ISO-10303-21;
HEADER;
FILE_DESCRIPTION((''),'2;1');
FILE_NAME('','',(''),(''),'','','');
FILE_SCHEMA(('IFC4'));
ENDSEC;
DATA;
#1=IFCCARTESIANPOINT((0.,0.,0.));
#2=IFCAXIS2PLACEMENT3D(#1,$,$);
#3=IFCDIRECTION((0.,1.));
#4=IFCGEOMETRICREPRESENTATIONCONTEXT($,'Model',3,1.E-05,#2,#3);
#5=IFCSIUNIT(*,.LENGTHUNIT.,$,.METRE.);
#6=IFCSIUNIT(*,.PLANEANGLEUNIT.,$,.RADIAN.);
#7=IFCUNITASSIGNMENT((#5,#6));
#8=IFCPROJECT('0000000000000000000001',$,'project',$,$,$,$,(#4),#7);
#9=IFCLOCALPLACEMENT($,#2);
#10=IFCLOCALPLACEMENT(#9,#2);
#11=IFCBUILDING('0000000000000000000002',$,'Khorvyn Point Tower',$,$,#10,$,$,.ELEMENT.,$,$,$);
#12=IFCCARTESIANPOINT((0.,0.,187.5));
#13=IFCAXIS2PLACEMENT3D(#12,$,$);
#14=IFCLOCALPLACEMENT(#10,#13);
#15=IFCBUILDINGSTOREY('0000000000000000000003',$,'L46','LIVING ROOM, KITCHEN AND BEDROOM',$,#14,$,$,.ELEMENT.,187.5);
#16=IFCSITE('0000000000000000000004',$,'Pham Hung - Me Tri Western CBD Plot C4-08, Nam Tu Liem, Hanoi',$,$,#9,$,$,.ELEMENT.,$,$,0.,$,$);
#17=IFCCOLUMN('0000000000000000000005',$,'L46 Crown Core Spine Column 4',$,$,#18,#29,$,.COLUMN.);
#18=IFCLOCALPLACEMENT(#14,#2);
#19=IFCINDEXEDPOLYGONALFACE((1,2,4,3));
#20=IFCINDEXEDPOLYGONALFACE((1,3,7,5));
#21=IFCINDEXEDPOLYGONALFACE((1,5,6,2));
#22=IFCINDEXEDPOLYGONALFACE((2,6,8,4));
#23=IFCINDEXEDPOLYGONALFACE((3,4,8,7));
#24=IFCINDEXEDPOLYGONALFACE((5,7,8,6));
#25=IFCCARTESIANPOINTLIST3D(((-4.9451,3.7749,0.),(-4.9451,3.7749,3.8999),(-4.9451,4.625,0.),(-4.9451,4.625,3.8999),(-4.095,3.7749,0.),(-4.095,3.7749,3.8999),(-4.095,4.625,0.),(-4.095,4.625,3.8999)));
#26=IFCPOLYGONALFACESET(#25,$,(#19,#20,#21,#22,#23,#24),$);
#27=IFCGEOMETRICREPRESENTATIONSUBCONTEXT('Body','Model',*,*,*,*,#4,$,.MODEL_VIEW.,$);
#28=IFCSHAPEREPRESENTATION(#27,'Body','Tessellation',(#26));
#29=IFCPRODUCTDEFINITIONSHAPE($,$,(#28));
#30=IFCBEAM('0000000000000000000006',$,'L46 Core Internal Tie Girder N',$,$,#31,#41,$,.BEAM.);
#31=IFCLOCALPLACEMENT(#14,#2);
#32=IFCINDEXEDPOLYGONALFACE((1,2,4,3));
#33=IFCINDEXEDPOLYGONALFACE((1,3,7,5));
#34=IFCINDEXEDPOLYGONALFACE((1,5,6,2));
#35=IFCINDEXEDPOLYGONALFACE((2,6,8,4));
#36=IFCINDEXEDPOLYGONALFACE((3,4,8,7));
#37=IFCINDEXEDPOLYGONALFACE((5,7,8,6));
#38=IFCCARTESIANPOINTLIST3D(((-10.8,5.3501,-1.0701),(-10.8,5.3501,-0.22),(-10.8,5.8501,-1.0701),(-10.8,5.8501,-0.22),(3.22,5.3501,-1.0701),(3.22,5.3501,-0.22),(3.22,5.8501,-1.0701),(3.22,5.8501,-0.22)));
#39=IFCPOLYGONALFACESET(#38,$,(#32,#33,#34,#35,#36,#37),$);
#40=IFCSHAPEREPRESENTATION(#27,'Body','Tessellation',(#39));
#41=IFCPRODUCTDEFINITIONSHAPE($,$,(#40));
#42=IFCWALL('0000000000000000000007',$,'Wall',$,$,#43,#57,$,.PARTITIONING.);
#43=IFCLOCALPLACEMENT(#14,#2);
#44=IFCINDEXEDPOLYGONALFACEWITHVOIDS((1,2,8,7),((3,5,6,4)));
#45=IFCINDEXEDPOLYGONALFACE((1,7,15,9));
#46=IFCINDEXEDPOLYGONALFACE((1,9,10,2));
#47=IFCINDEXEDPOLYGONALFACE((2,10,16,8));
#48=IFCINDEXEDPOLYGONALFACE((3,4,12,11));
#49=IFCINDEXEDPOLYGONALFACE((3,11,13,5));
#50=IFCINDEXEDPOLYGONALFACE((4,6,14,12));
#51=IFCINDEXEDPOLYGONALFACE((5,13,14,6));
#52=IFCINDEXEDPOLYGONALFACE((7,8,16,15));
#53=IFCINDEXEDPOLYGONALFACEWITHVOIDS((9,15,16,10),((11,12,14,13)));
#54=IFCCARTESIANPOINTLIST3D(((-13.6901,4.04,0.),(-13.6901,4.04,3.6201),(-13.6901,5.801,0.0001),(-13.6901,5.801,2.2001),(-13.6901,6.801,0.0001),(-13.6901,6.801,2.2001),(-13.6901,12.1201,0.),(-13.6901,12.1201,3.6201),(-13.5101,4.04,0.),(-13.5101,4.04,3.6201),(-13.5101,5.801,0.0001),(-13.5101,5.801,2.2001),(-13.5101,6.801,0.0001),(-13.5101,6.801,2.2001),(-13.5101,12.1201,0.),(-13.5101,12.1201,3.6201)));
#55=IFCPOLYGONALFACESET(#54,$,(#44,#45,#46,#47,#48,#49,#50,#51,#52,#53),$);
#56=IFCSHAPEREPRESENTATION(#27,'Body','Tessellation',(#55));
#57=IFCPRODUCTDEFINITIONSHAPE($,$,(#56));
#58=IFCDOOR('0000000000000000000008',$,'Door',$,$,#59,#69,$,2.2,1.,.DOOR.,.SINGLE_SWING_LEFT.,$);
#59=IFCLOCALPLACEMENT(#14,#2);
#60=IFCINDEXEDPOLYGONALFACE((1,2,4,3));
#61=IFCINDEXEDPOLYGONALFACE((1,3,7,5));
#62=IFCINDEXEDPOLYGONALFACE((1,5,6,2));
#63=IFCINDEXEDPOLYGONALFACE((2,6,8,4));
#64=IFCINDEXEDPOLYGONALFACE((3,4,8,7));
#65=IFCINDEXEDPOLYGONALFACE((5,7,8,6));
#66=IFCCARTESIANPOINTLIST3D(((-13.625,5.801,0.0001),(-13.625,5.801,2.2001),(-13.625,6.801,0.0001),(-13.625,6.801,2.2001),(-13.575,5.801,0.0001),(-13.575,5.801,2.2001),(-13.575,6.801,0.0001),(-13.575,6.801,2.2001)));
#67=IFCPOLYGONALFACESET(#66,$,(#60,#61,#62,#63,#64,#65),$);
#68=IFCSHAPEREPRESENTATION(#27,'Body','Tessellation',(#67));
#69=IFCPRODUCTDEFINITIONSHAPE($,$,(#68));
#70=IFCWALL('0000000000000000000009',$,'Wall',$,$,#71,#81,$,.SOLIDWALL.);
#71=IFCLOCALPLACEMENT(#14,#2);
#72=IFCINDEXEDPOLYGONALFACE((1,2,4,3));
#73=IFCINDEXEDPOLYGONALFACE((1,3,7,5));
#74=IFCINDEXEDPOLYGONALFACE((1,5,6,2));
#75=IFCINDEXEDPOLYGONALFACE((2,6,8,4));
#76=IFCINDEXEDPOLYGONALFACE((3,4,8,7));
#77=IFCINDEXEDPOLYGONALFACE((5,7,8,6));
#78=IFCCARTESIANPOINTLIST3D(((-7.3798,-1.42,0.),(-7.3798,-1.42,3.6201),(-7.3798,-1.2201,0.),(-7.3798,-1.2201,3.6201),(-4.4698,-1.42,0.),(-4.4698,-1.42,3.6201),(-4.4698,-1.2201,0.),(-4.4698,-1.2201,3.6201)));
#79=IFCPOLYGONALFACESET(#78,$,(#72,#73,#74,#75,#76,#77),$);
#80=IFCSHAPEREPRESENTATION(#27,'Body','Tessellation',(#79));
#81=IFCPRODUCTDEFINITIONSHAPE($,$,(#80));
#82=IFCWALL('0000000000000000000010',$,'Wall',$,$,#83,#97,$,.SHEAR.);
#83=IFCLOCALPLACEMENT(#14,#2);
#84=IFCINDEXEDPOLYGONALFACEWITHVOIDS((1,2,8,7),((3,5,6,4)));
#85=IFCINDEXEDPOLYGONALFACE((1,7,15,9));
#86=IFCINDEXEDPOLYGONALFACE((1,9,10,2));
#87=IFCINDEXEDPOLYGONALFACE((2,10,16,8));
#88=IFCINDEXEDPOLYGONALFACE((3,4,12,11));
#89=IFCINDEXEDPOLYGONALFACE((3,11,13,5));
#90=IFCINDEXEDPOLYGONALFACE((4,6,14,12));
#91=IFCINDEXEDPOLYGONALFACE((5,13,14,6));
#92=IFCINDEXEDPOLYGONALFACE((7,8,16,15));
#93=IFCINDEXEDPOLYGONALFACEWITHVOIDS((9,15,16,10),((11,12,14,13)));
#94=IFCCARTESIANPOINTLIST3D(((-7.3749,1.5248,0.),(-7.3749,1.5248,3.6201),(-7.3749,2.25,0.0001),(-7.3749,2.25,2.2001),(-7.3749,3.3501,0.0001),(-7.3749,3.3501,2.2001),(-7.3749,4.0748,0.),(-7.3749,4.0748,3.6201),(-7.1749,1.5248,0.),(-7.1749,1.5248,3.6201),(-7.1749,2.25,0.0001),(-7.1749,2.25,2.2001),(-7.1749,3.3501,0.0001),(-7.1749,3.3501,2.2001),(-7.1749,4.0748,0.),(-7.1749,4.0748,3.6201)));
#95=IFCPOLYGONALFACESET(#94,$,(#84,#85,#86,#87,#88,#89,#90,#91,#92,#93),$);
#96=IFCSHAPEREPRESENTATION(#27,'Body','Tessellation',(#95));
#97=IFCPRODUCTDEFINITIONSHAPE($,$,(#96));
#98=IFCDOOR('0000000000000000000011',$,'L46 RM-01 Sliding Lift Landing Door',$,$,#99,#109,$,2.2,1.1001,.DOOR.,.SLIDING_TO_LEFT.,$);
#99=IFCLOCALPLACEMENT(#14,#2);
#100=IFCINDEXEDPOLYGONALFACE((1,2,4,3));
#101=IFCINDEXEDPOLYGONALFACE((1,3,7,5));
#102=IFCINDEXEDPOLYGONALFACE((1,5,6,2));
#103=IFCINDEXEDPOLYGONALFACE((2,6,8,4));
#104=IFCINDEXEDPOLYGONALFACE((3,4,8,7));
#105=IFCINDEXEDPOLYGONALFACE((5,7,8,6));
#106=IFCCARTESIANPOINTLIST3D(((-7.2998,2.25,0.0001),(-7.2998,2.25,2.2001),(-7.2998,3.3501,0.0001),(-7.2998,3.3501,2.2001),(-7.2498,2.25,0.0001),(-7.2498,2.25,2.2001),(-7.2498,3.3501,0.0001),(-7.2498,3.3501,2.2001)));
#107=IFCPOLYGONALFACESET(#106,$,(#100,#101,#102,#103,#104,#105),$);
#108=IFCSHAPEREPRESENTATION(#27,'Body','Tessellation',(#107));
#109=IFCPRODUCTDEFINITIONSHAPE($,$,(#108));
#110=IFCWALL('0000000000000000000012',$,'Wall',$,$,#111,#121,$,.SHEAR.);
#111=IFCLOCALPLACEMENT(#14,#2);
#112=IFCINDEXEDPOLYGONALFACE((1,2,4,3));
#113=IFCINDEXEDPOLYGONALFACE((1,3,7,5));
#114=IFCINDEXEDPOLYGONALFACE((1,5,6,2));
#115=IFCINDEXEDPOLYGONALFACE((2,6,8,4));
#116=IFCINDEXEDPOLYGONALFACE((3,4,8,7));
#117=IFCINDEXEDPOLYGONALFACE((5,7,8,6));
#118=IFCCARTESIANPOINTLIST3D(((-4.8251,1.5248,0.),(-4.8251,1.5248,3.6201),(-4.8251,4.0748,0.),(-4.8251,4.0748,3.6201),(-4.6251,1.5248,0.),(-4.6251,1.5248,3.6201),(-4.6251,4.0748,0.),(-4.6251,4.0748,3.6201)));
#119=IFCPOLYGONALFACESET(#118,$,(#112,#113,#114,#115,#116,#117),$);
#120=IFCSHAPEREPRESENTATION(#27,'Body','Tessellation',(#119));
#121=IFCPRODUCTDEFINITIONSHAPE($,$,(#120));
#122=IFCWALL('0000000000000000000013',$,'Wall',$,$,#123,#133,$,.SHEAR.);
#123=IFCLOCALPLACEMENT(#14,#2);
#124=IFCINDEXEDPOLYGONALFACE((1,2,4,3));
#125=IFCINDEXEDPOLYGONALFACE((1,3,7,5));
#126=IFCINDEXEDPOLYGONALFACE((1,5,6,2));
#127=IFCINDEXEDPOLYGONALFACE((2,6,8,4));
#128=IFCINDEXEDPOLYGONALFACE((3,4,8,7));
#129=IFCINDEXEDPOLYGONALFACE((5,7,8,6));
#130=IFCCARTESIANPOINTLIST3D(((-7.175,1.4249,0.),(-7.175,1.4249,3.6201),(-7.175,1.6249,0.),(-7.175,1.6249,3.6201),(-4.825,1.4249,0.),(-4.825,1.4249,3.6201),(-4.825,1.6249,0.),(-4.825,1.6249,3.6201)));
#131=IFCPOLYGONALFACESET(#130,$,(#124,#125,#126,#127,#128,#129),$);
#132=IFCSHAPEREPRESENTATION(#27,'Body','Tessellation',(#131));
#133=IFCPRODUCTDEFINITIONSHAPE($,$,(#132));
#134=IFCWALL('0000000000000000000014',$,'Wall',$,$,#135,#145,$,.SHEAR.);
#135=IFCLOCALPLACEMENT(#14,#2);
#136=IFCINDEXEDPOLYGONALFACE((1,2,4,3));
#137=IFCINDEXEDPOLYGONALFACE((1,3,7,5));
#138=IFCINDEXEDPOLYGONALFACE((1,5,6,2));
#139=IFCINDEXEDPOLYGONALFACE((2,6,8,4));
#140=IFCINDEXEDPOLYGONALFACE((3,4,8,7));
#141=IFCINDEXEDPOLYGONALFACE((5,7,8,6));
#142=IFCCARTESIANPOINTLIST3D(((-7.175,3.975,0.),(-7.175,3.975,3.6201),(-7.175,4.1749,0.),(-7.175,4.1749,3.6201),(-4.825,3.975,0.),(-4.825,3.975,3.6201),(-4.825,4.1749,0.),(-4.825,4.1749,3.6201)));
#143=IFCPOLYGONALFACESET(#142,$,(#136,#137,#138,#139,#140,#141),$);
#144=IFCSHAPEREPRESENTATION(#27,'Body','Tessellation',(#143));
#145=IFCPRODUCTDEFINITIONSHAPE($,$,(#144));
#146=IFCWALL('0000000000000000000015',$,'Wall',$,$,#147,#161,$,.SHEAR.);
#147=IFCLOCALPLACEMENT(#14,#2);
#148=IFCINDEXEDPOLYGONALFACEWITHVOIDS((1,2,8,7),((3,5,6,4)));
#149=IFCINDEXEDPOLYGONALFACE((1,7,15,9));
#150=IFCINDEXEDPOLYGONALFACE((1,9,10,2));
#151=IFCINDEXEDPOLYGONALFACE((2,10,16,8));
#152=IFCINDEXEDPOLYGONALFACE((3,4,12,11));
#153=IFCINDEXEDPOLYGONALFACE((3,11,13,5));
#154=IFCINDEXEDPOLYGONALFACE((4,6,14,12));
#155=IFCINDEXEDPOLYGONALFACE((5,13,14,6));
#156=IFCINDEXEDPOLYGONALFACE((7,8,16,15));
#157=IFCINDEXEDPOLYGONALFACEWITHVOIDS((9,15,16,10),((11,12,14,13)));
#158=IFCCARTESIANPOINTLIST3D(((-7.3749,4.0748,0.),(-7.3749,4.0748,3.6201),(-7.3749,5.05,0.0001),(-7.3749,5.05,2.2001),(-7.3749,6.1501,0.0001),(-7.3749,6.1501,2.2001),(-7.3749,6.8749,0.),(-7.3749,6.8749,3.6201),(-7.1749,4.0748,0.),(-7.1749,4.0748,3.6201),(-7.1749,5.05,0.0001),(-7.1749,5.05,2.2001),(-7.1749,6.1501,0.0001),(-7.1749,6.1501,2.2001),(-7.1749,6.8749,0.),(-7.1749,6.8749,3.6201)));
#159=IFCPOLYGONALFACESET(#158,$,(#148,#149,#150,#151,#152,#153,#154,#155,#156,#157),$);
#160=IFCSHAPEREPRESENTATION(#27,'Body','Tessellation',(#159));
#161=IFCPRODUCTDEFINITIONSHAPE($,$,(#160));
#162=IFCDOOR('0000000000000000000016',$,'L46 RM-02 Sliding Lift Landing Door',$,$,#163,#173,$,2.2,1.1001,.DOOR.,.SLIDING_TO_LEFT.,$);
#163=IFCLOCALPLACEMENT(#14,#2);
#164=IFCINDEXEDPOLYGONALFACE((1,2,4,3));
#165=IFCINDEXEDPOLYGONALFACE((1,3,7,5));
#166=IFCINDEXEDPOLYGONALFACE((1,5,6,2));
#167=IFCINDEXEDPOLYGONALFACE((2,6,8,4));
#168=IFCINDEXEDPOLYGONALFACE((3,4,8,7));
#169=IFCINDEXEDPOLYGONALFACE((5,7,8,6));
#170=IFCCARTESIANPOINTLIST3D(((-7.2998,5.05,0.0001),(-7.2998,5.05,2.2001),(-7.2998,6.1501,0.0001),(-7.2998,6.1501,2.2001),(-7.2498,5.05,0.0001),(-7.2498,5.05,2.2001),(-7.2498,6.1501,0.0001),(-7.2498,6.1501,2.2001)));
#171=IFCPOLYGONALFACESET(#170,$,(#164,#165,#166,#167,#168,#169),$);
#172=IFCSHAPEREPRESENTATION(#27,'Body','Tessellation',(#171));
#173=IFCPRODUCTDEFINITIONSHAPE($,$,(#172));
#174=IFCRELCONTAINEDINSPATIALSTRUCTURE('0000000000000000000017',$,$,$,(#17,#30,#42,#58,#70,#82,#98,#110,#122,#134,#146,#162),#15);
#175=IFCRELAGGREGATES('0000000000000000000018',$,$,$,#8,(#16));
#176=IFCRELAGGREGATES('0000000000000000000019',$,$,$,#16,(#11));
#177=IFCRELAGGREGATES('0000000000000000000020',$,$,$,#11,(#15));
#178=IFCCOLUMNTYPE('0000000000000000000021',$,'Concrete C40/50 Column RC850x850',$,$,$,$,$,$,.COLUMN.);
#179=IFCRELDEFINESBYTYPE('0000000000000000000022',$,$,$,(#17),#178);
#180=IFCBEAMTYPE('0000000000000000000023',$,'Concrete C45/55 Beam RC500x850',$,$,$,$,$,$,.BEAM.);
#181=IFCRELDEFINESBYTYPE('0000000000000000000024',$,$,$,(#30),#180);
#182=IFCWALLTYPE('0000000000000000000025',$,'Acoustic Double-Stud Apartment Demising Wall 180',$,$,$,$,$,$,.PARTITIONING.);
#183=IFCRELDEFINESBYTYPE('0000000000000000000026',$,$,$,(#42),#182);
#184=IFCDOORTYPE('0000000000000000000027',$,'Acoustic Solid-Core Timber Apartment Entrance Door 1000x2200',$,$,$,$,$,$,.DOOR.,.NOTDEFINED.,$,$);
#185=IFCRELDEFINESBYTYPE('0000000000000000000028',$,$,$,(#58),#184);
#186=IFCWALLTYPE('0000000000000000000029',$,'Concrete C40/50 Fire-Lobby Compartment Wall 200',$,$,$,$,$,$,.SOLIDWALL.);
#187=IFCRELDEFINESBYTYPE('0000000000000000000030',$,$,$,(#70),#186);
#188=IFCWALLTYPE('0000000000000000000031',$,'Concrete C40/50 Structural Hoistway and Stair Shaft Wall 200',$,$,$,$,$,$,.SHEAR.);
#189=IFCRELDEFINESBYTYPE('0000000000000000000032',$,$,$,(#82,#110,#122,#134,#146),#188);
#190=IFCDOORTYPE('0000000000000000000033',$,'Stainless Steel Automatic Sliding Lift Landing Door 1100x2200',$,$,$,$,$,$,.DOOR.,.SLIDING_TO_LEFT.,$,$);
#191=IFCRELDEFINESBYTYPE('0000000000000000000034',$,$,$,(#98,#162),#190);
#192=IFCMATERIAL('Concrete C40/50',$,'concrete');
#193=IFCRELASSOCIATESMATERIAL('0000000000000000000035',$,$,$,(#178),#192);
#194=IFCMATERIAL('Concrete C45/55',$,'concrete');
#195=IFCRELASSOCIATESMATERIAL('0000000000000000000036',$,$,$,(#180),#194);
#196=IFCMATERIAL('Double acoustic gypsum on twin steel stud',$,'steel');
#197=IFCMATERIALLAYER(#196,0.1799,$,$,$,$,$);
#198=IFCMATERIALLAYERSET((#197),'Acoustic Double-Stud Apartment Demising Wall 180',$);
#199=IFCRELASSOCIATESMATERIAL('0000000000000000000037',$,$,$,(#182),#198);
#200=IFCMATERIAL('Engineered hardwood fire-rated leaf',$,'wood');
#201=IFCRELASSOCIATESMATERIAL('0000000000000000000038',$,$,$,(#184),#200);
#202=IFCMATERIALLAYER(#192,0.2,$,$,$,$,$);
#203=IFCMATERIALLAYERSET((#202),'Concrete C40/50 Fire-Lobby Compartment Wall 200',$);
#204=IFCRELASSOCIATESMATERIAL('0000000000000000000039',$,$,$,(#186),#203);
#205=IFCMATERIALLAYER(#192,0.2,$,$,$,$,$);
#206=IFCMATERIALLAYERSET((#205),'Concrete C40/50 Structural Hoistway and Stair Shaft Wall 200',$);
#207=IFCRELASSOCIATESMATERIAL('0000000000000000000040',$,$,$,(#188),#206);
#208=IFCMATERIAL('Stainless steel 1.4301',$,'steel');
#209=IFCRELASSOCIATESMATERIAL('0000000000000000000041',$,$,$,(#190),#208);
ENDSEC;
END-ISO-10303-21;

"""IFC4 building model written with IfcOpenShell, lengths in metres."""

from ifc_helpers import new_model, si_unit, direction, frame, frame_2d, origin, origin_2d, place, context, subcontext, project, spatial, rectangle, extrude, material, layer, layer_set, material_profile, profile_set, type_object, element, fill, save


model = new_model("IFC4")

# Units and contexts
model_context = context("Model", 3, precision=1e-05, world=origin(), true_north=direction((0.0, 1.0)))
body_context = subcontext(model_context, "Body", "Model", "MODEL_VIEW")
ifc_project = project(units=[si_unit("LENGTHUNIT", "METRE"), si_unit("PLANEANGLEUNIT", "RADIAN")], contexts=[model_context])

# Site, building, storey
site_placement = place(None, origin())
site = spatial("IfcSite", under=ifc_project, at=site_placement, Name="Pham Hung - Me Tri Western CBD Plot C4-08, Nam Tu Liem, Hanoi", CompositionType="ELEMENT", RefElevation=0.0)
building_placement = place(site_placement, origin())
building = spatial("IfcBuilding", under=site, at=building_placement, Name="Khorvyn Point Tower", CompositionType="ELEMENT")
storey_placement = place(building_placement, frame((0.0, 0.0, 187.5)))
storey = spatial("IfcBuildingStorey", under=building, at=storey_placement, Name="L46", Description="LIVING ROOM, KITCHEN AND BEDROOM", CompositionType="ELEMENT", Elevation=187.5)

# Column
ifc_material_1 = material(Name="Concrete C40/50", Category="concrete")
ifc_material_profile_1 = material_profile(ifc_material_1, rectangle(XDim=0.8501, YDim=0.8501, at=origin_2d()))
ifc_profile_set_1 = profile_set([ifc_material_profile_1], Name="Concrete C40/50 RC850x850")
column_type = type_object("IfcColumnType", Name="Concrete C40/50 Column RC850x850", PredefinedType="COLUMN", material=ifc_profile_set_1)
column_placement = place(storey_placement, frame((-4.52, 4.2, 0.0), z_axis=(0.0, 0.0, 1.0), x_axis=(1.0, 0.0, 0.0)))
element("IfcColumn", 1, at=column_placement, inside=storey, type_object=column_type, Name="L46 Crown Core Spine Column 4", PredefinedType="COLUMN", context=body_context, shape_type="SweptSolid", body=[
    extrude(rectangle(XDim=0.8501, YDim=0.8501, at=origin_2d()), origin(), (0.0, 0.0, 1.0), 3.8999),
])

# Beam
ifc_material_2 = material(Name="Concrete C45/55", Category="concrete")
ifc_material_profile_2 = material_profile(ifc_material_2, rectangle(XDim=0.5, YDim=0.8501, at=origin_2d()))
ifc_profile_set_2 = profile_set([ifc_material_profile_2], Name="Concrete C45/55 RC500x850")
beam_type = type_object("IfcBeamType", Name="Concrete C45/55 Beam RC500x850", PredefinedType="BEAM", material=ifc_profile_set_2)
beam_placement = place(storey_placement, frame((-10.8, 5.6001, -0.645), z_axis=(1.0, 0.0, 0.0), x_axis=(0.0, 1.0, 0.0)))
element("IfcBeam", 2, at=beam_placement, inside=storey, type_object=beam_type, Name="L46 Core Internal Tie Girder N", PredefinedType="BEAM", context=body_context, shape_type="SweptSolid", body=[
    extrude(rectangle(XDim=0.5, YDim=0.8501, at=origin_2d()), origin(), (0.0, 0.0, 1.0), 14.02),
])

# Wall, opening, door
ifc_material_3 = material(Name="Double acoustic gypsum on twin steel stud", Category="steel")
ifc_layer_1 = layer(ifc_material_3, 0.1799)
ifc_layer_set_1 = layer_set([ifc_layer_1], Name="Acoustic Double-Stud Apartment Demising Wall 180")
wall_type_1 = type_object("IfcWallType", Name="Acoustic Double-Stud Apartment Demising Wall 180", PredefinedType="PARTITIONING", material=ifc_layer_set_1)
wall_1_placement = place(storey_placement, frame((-13.6001, 4.04, 0.0), z_axis=(0.0, 0.0, 1.0), x_axis=(0.0, 1.0, 0.0)))
wall_1 = element("IfcWall", 3, at=wall_1_placement, inside=storey, type_object=wall_type_1, Name="Wall", PredefinedType="PARTITIONING", context=body_context, shape_type="SweptSolid", body=[
    extrude(rectangle(XDim=8.0801, YDim=0.1799, at=frame_2d((4.04, 0.0))), origin(), (0.0, 0.0, 1.0), 3.6201),
])
opening_1_placement = place(wall_1_placement, frame((1.761, 0.0, 0.0)))
opening_1 = element("IfcOpeningElement", 4, at=opening_1_placement, cuts=wall_1, PredefinedType="OPENING", context=body_context, shape_type="SweptSolid", body=[
    extrude(rectangle(XDim=1.0, YDim=2.2, at=frame_2d((0.5, 1.1001))), frame((0.0, 0.0999, 0.0), z_axis=(0.0, -1.0, 0.0), x_axis=(1.0, 0.0, 0.0)), (0.0, 0.0, 1.0), 0.2),
])
ifc_material_4 = material(Name="Engineered hardwood fire-rated leaf", Category="wood")
door_type_1 = type_object("IfcDoorType", Name="Acoustic Solid-Core Timber Apartment Entrance Door 1000x2200", OperationType="NOTDEFINED", PredefinedType="DOOR", material=ifc_material_4)
door_1_placement = place(opening_1_placement, origin())
door_1 = element("IfcDoor", 5, at=door_1_placement, inside=storey, type_object=door_type_1, Name="Door", OperationType="SINGLE_SWING_LEFT", OverallHeight=2.2, OverallWidth=1.0, PredefinedType="DOOR", context=body_context, shape_type="SweptSolid", body=[
    extrude(rectangle(XDim=1.0, YDim=2.2, at=frame_2d((0.5, 1.1001))), frame((0.0, 0.0249, 0.0), z_axis=(0.0, -1.0, 0.0), x_axis=(1.0, 0.0, 0.0)), (0.0, 0.0, 1.0), 0.05),
])
fill(opening_1, door_1)

# Wall
ifc_layer_2 = layer(ifc_material_1, 0.2)
ifc_layer_set_2 = layer_set([ifc_layer_2], Name="Concrete C40/50 Fire-Lobby Compartment Wall 200")
wall_type_2 = type_object("IfcWallType", Name="Concrete C40/50 Fire-Lobby Compartment Wall 200", PredefinedType="SOLIDWALL", material=ifc_layer_set_2)
wall_2_placement = place(storey_placement, frame((-7.3799, -1.3201, 0.0), z_axis=(0.0, 0.0, 1.0), x_axis=(1.0, 0.0, 0.0)))
element("IfcWall", 6, at=wall_2_placement, inside=storey, type_object=wall_type_2, Name="Wall", PredefinedType="SOLIDWALL", context=body_context, shape_type="SweptSolid", body=[
    extrude(rectangle(XDim=2.9099, YDim=0.2, at=frame_2d((1.4551, 0.0))), origin(), (0.0, 0.0, 1.0), 3.6201),
])

# Wall, opening, door
ifc_layer_3 = layer(ifc_material_1, 0.2)
ifc_layer_set_3 = layer_set([ifc_layer_3], Name="Concrete C40/50 Structural Hoistway and Stair Shaft Wall 200")
wall_type_3 = type_object("IfcWallType", Name="Concrete C40/50 Structural Hoistway and Stair Shaft Wall 200", PredefinedType="SHEAR", material=ifc_layer_set_3)
wall_3_placement = place(storey_placement, frame((-7.2749, 1.5249, 0.0), z_axis=(0.0, 0.0, 1.0), x_axis=(0.0, 1.0, 0.0)))
wall_3 = element("IfcWall", 7, at=wall_3_placement, inside=storey, type_object=wall_type_3, Name="Wall", PredefinedType="SHEAR", context=body_context, shape_type="SweptSolid", body=[
    extrude(rectangle(XDim=2.55, YDim=0.2, at=frame_2d((1.2749, 0.0))), origin(), (0.0, 0.0, 1.0), 3.6201),
])
opening_2_placement = place(wall_3_placement, frame((0.7251, 0.0, 0.0)))
opening_2 = element("IfcOpeningElement", 8, at=opening_2_placement, cuts=wall_3, PredefinedType="OPENING", context=body_context, shape_type="SweptSolid", body=[
    extrude(rectangle(XDim=1.1001, YDim=2.2, at=frame_2d((0.55, 1.1001))), frame((0.0, 0.1099, 0.0), z_axis=(0.0, -1.0, 0.0), x_axis=(1.0, 0.0, 0.0)), (0.0, 0.0, 1.0), 0.22),
])
ifc_material_5 = material(Name="Stainless steel 1.4301", Category="steel")
door_type_2 = type_object("IfcDoorType", Name="Stainless Steel Automatic Sliding Lift Landing Door 1100x2200", OperationType="SLIDING_TO_LEFT", PredefinedType="DOOR", material=ifc_material_5)
door_2_placement = place(opening_2_placement, origin())
door_2 = element("IfcDoor", 9, at=door_2_placement, inside=storey, type_object=door_type_2, Name="L46 RM-01 Sliding Lift Landing Door", OperationType="SLIDING_TO_LEFT", OverallHeight=2.2, OverallWidth=1.1001, PredefinedType="DOOR", context=body_context, shape_type="SweptSolid", body=[
    extrude(rectangle(XDim=1.1001, YDim=2.2, at=frame_2d((0.55, 1.1001))), frame((0.0, 0.0249, 0.0), z_axis=(0.0, -1.0, 0.0), x_axis=(1.0, 0.0, 0.0)), (0.0, 0.0, 1.0), 0.05),
])
fill(opening_2, door_2)

# Walls
wall_4_placement = place(storey_placement, frame((-4.7251, 1.5249, 0.0), z_axis=(0.0, 0.0, 1.0), x_axis=(0.0, 1.0, 0.0)))
element("IfcWall", 10, at=wall_4_placement, inside=storey, type_object=wall_type_3, Name="Wall", PredefinedType="SHEAR", context=body_context, shape_type="SweptSolid", body=[
    extrude(rectangle(XDim=2.55, YDim=0.2, at=frame_2d((1.2749, 0.0))), origin(), (0.0, 0.0, 1.0), 3.6201),
])
for number, where, z_axis, x_axis, name in (
    (11, (-7.175, 1.5249, 0.0), (0.0, 0.0, 1.0), (1.0, 0.0, 0.0), "Wall"),
    (12, (-7.175, 4.075, 0.0), (0.0, 0.0, 1.0), (1.0, 0.0, 0.0), "Wall"),
):
    element("IfcWall", number, at=place(storey_placement, frame(where, z_axis=z_axis, x_axis=x_axis)), inside=storey, type_object=wall_type_3, Name=name, PredefinedType="SHEAR", context=body_context, shape_type="SweptSolid", body=[
        extrude(rectangle(XDim=2.3501, YDim=0.2, at=frame_2d((1.175, 0.0))), origin(), (0.0, 0.0, 1.0), 3.6201),
    ])

# Wall, opening, door
wall_5_placement = place(storey_placement, frame((-7.2749, 4.075, 0.0), z_axis=(0.0, 0.0, 1.0), x_axis=(0.0, 1.0, 0.0)))
wall_5 = element("IfcWall", 13, at=wall_5_placement, inside=storey, type_object=wall_type_3, Name="Wall", PredefinedType="SHEAR", context=body_context, shape_type="SweptSolid", body=[
    extrude(rectangle(XDim=2.8, YDim=0.2, at=frame_2d((1.3999, 0.0))), origin(), (0.0, 0.0, 1.0), 3.6201),
])
opening_3_placement = place(wall_5_placement, frame((0.9751, 0.0, 0.0)))
opening_3 = element("IfcOpeningElement", 14, at=opening_3_placement, cuts=wall_5, PredefinedType="OPENING", context=body_context, shape_type="SweptSolid", body=[
    extrude(rectangle(XDim=1.1001, YDim=2.2, at=frame_2d((0.55, 1.1001))), frame((0.0, 0.1099, 0.0), z_axis=(0.0, -1.0, 0.0), x_axis=(1.0, 0.0, 0.0)), (0.0, 0.0, 1.0), 0.22),
])
door_3_placement = place(opening_3_placement, origin())
door_3 = element("IfcDoor", 15, at=door_3_placement, inside=storey, type_object=door_type_2, Name="L46 RM-02 Sliding Lift Landing Door", OperationType="SLIDING_TO_LEFT", OverallHeight=2.2, OverallWidth=1.1001, PredefinedType="DOOR", context=body_context, shape_type="SweptSolid", body=[
    extrude(rectangle(XDim=1.1001, YDim=2.2, at=frame_2d((0.55, 1.1001))), frame((0.0, 0.0249, 0.0), z_axis=(0.0, -1.0, 0.0), x_axis=(1.0, 0.0, 0.0)), (0.0, 0.0, 1.0), 0.05),
])
fill(opening_3, door_3)

save(model, "model.ifc")
